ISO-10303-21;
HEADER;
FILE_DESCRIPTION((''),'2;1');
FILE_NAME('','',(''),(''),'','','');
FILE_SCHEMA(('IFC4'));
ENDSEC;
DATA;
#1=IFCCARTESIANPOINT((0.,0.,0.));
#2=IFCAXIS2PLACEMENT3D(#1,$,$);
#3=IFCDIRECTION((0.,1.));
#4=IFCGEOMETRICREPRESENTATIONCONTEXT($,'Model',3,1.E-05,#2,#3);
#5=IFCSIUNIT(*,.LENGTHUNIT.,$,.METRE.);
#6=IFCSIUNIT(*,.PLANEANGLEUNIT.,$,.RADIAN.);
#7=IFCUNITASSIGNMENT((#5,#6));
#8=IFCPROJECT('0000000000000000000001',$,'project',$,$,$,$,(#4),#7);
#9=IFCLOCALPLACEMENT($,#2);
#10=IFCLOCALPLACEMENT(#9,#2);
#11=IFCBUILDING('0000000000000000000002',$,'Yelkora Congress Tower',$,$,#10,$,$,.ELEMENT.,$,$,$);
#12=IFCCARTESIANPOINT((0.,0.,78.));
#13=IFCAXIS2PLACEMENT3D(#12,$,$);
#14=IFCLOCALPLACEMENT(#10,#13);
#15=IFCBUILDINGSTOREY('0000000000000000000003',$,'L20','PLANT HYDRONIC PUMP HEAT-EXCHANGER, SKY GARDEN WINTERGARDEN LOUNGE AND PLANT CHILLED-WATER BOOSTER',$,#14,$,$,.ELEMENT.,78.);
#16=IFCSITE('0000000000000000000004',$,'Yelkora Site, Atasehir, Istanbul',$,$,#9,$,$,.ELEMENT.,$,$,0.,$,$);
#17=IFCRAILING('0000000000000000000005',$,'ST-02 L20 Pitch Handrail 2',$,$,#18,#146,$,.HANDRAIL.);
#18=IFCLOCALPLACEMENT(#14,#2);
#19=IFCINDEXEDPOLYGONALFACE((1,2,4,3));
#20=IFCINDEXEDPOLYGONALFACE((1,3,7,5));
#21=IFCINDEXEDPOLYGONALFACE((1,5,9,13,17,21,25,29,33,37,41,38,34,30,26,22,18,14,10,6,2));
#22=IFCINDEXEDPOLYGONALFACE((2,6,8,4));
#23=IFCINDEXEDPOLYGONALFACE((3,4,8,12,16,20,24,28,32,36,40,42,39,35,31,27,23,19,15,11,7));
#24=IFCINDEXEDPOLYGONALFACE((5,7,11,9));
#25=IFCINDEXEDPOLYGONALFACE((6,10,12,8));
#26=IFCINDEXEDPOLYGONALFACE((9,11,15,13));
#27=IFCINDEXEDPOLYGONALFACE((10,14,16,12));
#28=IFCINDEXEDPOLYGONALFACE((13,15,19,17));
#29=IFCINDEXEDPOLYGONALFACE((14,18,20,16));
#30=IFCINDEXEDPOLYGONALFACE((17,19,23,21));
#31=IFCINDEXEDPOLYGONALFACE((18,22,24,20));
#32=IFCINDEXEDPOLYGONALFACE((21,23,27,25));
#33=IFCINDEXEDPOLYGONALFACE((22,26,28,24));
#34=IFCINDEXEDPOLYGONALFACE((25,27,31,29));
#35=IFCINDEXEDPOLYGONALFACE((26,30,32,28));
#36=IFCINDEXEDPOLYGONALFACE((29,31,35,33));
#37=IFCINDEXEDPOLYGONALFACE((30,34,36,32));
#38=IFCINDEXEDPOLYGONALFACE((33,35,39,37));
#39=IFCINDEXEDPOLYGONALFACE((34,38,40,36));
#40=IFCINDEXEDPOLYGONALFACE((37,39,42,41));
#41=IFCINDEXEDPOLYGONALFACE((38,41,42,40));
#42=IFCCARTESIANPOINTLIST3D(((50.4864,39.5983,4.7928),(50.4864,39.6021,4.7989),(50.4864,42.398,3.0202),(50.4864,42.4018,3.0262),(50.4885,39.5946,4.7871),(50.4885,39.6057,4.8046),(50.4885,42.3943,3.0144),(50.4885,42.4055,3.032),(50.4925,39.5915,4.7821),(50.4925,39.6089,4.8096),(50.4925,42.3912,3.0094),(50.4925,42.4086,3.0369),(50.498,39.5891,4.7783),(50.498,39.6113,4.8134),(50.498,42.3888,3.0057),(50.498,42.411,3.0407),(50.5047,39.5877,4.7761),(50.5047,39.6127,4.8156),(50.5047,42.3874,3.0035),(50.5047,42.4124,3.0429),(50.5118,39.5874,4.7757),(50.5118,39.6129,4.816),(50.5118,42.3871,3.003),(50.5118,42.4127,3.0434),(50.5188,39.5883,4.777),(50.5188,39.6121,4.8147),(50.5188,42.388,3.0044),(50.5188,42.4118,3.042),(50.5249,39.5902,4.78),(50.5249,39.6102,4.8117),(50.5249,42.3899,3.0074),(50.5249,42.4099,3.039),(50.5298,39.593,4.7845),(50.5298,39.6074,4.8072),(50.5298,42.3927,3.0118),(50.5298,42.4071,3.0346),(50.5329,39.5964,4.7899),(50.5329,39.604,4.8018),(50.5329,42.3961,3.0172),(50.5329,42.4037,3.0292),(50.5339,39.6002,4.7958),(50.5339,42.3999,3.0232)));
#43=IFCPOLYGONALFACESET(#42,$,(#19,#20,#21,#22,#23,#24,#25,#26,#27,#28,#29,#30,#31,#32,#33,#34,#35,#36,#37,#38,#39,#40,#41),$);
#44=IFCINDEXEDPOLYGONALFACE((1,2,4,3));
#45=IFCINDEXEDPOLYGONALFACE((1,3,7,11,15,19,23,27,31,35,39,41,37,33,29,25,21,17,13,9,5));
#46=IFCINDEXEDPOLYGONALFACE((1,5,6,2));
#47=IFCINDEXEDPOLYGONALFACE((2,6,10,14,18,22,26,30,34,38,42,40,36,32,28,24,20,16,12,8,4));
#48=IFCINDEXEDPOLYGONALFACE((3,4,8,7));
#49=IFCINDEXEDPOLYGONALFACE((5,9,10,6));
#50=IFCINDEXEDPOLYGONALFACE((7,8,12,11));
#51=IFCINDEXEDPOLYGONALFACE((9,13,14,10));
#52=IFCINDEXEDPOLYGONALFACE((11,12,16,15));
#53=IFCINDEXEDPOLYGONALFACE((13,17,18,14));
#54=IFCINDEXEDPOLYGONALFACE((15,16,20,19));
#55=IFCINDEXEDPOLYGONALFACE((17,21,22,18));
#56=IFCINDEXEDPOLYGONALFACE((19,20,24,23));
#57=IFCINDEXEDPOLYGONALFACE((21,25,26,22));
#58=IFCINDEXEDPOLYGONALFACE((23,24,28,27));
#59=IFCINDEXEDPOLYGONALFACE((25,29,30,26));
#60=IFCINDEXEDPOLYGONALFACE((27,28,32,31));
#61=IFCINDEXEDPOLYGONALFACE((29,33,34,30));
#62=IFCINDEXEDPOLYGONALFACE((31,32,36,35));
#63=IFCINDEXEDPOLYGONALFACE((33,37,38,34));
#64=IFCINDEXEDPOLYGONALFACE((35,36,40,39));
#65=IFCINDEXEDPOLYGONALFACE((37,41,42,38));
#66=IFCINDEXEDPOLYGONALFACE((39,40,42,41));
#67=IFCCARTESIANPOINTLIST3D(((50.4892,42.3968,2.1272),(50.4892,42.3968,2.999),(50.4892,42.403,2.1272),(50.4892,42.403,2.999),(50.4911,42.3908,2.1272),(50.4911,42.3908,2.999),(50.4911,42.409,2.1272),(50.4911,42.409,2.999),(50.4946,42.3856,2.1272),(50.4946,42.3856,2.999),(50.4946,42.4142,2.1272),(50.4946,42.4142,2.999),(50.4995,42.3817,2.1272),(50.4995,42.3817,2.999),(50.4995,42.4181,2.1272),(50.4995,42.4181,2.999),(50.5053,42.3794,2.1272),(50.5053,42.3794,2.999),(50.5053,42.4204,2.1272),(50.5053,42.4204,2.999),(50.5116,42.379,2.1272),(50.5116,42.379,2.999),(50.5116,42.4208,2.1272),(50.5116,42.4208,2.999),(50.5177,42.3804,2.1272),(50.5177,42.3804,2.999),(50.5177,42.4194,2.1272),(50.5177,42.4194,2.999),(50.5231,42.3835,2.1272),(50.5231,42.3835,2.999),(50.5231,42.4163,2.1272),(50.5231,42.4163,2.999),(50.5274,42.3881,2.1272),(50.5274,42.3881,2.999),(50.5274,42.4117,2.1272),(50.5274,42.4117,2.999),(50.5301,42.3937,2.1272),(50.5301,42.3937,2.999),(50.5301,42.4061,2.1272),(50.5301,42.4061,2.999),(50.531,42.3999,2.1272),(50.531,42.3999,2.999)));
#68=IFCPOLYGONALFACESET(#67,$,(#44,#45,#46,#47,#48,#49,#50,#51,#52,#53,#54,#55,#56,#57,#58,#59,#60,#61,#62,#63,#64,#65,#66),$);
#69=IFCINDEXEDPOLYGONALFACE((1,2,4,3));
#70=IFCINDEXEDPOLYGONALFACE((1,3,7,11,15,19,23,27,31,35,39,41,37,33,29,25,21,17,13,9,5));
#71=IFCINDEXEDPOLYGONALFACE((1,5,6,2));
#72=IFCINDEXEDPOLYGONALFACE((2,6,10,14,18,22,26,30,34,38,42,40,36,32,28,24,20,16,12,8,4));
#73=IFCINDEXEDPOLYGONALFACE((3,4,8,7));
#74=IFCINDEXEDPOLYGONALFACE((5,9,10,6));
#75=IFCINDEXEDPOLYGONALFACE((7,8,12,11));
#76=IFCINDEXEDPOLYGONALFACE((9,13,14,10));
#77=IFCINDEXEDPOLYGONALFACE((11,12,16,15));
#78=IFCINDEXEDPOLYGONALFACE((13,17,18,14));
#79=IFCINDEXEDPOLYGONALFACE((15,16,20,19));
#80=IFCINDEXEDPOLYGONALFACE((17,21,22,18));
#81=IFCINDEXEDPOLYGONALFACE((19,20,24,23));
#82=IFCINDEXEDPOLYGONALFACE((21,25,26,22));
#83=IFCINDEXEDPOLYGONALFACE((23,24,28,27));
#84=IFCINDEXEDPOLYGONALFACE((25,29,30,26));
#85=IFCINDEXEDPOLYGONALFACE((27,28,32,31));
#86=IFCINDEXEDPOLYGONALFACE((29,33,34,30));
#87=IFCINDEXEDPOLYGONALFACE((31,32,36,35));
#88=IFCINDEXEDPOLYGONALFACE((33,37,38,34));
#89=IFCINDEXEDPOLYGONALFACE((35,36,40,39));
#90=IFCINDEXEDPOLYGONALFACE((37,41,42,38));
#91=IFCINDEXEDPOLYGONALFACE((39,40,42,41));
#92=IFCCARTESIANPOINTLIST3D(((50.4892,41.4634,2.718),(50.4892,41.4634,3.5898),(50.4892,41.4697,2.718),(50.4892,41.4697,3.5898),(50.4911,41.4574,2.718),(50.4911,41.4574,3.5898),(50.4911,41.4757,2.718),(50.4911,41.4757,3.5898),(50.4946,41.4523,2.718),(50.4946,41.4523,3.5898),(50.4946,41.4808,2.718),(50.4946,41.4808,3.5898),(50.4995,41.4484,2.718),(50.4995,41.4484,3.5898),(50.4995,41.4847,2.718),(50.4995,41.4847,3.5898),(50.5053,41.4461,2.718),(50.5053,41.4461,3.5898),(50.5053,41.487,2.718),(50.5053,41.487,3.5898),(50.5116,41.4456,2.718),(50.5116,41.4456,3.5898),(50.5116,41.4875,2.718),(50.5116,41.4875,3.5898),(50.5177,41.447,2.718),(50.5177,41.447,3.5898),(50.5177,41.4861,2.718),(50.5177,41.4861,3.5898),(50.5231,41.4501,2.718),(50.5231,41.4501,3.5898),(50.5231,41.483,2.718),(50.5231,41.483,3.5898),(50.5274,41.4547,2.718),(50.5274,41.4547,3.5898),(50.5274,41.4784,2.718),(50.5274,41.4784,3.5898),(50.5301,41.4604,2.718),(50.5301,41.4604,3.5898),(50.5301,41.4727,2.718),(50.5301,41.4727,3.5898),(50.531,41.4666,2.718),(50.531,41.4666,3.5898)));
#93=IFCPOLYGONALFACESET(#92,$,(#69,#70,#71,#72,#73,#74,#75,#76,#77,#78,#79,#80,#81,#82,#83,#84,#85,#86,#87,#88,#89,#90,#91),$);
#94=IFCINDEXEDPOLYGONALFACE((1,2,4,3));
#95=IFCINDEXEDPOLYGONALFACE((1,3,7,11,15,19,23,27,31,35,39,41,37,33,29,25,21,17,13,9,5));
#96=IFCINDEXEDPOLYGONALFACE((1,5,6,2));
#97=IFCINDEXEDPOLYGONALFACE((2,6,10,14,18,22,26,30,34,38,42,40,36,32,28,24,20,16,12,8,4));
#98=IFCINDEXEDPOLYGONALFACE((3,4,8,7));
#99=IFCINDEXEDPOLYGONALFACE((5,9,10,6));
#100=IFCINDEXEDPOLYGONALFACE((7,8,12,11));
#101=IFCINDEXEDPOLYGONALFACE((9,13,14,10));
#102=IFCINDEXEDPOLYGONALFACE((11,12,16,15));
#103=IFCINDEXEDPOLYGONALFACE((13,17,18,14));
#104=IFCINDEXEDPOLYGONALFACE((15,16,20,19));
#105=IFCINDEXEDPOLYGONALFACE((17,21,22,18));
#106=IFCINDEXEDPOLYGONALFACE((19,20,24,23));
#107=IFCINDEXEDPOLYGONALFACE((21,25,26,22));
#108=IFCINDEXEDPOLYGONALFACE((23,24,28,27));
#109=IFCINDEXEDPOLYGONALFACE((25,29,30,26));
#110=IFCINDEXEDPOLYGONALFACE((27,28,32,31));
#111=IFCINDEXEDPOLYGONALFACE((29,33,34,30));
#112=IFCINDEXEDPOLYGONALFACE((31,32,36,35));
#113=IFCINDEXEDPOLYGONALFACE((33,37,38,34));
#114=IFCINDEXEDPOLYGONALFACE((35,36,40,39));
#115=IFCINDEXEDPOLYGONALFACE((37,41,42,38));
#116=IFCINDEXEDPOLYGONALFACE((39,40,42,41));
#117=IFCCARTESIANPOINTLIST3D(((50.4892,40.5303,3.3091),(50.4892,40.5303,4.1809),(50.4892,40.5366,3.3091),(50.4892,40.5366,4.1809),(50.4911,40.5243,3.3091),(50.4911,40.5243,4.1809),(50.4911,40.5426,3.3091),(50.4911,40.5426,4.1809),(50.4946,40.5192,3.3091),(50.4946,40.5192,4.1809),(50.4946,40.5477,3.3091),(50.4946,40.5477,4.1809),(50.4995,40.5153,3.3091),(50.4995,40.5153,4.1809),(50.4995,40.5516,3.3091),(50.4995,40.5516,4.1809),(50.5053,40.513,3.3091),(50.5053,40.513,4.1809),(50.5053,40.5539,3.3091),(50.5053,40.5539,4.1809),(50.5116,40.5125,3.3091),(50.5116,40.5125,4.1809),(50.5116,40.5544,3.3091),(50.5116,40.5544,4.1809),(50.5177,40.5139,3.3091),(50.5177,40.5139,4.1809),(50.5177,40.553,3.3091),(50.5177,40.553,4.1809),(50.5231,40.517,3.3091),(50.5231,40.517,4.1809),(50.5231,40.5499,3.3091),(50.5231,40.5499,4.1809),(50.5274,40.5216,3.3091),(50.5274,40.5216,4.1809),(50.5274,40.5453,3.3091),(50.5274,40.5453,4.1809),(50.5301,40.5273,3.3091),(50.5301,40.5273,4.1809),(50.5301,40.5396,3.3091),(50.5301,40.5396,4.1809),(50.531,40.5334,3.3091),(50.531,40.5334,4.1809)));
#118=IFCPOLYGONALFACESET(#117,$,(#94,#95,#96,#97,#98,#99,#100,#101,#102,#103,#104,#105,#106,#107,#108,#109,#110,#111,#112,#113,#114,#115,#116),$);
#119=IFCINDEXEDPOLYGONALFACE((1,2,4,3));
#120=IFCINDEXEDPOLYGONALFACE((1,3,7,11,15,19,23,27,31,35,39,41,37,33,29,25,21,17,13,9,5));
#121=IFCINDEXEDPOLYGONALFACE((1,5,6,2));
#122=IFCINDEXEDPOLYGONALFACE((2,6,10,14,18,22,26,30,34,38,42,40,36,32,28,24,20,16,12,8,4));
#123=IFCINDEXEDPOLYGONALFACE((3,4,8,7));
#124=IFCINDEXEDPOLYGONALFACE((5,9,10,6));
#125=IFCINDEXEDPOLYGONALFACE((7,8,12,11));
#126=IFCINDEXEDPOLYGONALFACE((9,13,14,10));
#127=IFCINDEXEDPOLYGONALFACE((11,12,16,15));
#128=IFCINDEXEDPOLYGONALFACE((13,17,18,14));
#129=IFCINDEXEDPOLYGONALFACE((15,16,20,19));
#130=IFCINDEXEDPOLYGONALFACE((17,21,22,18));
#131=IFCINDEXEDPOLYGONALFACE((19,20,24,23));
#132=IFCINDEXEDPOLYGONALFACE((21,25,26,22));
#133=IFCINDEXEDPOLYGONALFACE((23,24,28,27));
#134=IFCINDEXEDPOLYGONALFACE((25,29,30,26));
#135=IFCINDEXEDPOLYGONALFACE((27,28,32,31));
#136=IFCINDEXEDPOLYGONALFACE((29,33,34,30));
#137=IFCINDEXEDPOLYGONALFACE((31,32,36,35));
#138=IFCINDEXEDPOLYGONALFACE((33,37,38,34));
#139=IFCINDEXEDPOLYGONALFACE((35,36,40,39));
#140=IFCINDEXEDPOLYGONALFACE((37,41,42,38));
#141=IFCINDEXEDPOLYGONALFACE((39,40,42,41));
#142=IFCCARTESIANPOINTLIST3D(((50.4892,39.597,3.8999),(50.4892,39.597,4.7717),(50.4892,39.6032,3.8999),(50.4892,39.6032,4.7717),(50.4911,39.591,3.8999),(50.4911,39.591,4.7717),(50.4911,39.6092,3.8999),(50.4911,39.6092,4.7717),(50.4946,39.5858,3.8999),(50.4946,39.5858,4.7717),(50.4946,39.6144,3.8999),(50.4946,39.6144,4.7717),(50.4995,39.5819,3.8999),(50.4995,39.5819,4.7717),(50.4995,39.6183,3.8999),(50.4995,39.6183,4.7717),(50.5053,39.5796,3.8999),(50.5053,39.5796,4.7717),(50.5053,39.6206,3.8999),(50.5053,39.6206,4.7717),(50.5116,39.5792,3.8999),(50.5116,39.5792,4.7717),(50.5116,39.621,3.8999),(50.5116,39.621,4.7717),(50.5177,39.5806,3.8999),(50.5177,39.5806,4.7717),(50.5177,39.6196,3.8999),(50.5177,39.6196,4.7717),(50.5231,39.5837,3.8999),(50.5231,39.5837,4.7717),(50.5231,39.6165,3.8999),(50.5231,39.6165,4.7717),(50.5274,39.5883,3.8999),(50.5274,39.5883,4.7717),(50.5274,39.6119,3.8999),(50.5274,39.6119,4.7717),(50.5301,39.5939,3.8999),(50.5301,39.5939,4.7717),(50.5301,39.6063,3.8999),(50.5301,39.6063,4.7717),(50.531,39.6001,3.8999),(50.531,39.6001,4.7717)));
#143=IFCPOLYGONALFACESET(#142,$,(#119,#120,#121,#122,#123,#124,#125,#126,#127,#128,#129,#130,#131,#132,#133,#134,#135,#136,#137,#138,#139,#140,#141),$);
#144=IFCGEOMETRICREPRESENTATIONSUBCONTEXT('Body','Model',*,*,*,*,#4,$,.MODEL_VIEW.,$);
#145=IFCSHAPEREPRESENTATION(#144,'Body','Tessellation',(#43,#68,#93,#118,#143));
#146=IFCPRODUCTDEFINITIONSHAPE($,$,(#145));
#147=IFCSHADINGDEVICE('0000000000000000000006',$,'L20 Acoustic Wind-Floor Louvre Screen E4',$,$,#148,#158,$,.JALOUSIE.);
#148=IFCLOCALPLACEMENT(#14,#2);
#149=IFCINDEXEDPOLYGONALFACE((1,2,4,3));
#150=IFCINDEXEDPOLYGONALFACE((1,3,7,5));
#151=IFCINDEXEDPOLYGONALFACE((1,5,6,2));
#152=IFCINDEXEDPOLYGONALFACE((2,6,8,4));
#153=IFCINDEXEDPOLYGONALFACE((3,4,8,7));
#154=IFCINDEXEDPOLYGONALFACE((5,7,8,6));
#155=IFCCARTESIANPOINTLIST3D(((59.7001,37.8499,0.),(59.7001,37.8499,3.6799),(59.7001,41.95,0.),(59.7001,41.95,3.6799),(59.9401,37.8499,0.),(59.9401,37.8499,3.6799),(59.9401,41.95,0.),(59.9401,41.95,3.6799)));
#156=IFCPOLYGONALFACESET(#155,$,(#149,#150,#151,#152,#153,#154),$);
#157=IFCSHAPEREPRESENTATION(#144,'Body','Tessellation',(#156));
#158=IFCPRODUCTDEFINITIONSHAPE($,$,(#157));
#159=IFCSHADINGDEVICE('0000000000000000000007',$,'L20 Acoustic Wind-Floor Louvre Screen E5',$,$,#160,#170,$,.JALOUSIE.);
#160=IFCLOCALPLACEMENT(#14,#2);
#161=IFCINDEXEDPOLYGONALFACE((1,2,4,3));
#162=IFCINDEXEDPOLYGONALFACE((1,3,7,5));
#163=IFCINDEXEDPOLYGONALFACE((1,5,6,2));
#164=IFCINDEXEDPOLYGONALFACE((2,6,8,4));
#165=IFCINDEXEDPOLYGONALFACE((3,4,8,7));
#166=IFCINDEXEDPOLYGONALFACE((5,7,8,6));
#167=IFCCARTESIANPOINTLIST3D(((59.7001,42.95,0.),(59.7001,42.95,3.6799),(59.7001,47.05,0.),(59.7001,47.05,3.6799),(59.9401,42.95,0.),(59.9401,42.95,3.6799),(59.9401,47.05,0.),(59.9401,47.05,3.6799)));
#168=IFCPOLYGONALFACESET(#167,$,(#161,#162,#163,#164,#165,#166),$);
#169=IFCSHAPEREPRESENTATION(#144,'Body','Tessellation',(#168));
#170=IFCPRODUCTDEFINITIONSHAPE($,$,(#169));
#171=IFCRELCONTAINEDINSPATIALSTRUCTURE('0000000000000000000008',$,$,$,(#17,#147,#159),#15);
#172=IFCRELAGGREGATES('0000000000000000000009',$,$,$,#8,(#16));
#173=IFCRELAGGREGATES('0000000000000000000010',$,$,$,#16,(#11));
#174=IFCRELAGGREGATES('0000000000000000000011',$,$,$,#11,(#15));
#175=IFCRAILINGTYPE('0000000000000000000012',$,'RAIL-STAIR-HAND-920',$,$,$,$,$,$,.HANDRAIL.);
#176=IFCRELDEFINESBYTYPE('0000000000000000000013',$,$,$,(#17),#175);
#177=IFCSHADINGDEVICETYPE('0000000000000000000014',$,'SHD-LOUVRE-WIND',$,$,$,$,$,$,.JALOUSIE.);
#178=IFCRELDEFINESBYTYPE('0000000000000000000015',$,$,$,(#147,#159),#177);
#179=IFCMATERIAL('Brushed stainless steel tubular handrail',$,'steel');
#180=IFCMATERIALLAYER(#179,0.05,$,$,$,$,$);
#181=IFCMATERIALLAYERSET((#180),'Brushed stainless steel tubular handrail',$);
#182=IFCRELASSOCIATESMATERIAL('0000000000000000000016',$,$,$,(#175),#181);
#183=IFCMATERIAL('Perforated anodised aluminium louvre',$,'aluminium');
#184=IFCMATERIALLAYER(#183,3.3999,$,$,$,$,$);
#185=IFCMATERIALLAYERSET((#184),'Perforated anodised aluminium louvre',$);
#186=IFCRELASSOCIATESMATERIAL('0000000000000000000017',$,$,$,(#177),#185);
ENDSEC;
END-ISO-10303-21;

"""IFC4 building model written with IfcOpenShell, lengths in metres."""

from ifc_helpers import new_model, si_unit, direction, frame, origin, origin_2d, place, context, subcontext, project, spatial, rectangle, circle, extrude, material, layer, layer_set, type_object, element, save


model = new_model("IFC4")

# Units and contexts
model_context = context("Model", 3, precision=1e-05, world=origin(), true_north=direction((0.0, 1.0)))
body_context = subcontext(model_context, "Body", "Model", "MODEL_VIEW")
ifc_project = project(units=[si_unit("LENGTHUNIT", "METRE"), si_unit("PLANEANGLEUNIT", "RADIAN")], contexts=[model_context])

# Site, building, storey
site_placement = place(None, origin())
site = spatial("IfcSite", under=ifc_project, at=site_placement, Name="Yelkora Site, Atasehir, Istanbul", CompositionType="ELEMENT", RefElevation=0.0)
building_placement = place(site_placement, origin())
building = spatial("IfcBuilding", under=site, at=building_placement, Name="Yelkora Congress Tower", CompositionType="ELEMENT")
storey_placement = place(building_placement, frame((0.0, 0.0, 78.0)))
storey = spatial("IfcBuildingStorey", under=building, at=storey_placement, Name="L20", Description="PLANT HYDRONIC PUMP HEAT-EXCHANGER, SKY GARDEN WINTERGARDEN LOUNGE AND PLANT CHILLED-WATER BOOSTER", CompositionType="ELEMENT", Elevation=78.0)

# Railing
ifc_material_1 = material(Name="Brushed stainless steel tubular handrail", Category="steel")
ifc_layer_1 = layer(ifc_material_1, 0.05)
ifc_layer_set_1 = layer_set([ifc_layer_1], Name="Brushed stainless steel tubular handrail")
railing_type_1 = type_object("IfcRailingType", Name="RAIL-STAIR-HAND-920", PredefinedType="HANDRAIL", material=ifc_layer_set_1)
railing_1_placement = place(storey_placement, frame((50.51, 42.3999, 2.1272)))
element("IfcRailing", 1, at=railing_1_placement, inside=storey, type_object=railing_type_1, Name="ST-02 L20 Pitch Handrail 2", PredefinedType="HANDRAIL", context=body_context, shape_type="SweptSolid", body=[
    extrude(circle(Radius=0.0239, at=origin_2d()), frame((0.0, 0.0, 0.896), z_axis=(0.0, -0.844888, 0.534943), x_axis=(1.0, 0.0, 0.0)), (0.0, 0.0, 1.0), 3.3137),
    extrude(circle(Radius=0.021, at=origin_2d()), origin(), (0.0, 0.0, 1.0), 0.8718),
    extrude(circle(Radius=0.021, at=origin_2d()), frame((0.0, -0.9333, 0.5908)), (0.0, 0.0, 1.0), 0.8718),
    extrude(circle(Radius=0.021, at=origin_2d()), frame((0.0, -1.8665, 1.1819)), (0.0, 0.0, 1.0), 0.8718),
    extrude(circle(Radius=0.021, at=origin_2d()), frame((0.0, -2.7998, 1.7727)), (0.0, 0.0, 1.0), 0.8718),
])

# Shading devices
ifc_material_2 = material(Name="Perforated anodised aluminium louvre", Category="aluminium")
ifc_layer_2 = layer(ifc_material_2, 3.3999)
ifc_layer_set_2 = layer_set([ifc_layer_2], Name="Perforated anodised aluminium louvre")
shading_device_type = type_object("IfcShadingDeviceType", Name="SHD-LOUVRE-WIND", PredefinedType="JALOUSIE", material=ifc_layer_set_2)
for number, where, z_axis, x_axis, name in (
    (2, (59.8201, 39.8999, 0.0), (0.0, 0.0, 1.0), (1.0, 0.0, 0.0), "L20 Acoustic Wind-Floor Louvre Screen E4"),
    (3, (59.8201, 45.0, 0.0), (0.0, 0.0, 1.0), (1.0, 0.0, 0.0), "L20 Acoustic Wind-Floor Louvre Screen E5"),
):
    element("IfcShadingDevice", number, at=place(storey_placement, frame(where, z_axis=z_axis, x_axis=x_axis)), inside=storey, type_object=shading_device_type, Name=name, PredefinedType="JALOUSIE", context=body_context, shape_type="SweptSolid", body=[
        extrude(rectangle(XDim=0.24, YDim=4.1001, at=origin_2d()), origin(), (0.0, 0.0, 1.0), 3.6799),
    ])

save(model, "model.ifc")
